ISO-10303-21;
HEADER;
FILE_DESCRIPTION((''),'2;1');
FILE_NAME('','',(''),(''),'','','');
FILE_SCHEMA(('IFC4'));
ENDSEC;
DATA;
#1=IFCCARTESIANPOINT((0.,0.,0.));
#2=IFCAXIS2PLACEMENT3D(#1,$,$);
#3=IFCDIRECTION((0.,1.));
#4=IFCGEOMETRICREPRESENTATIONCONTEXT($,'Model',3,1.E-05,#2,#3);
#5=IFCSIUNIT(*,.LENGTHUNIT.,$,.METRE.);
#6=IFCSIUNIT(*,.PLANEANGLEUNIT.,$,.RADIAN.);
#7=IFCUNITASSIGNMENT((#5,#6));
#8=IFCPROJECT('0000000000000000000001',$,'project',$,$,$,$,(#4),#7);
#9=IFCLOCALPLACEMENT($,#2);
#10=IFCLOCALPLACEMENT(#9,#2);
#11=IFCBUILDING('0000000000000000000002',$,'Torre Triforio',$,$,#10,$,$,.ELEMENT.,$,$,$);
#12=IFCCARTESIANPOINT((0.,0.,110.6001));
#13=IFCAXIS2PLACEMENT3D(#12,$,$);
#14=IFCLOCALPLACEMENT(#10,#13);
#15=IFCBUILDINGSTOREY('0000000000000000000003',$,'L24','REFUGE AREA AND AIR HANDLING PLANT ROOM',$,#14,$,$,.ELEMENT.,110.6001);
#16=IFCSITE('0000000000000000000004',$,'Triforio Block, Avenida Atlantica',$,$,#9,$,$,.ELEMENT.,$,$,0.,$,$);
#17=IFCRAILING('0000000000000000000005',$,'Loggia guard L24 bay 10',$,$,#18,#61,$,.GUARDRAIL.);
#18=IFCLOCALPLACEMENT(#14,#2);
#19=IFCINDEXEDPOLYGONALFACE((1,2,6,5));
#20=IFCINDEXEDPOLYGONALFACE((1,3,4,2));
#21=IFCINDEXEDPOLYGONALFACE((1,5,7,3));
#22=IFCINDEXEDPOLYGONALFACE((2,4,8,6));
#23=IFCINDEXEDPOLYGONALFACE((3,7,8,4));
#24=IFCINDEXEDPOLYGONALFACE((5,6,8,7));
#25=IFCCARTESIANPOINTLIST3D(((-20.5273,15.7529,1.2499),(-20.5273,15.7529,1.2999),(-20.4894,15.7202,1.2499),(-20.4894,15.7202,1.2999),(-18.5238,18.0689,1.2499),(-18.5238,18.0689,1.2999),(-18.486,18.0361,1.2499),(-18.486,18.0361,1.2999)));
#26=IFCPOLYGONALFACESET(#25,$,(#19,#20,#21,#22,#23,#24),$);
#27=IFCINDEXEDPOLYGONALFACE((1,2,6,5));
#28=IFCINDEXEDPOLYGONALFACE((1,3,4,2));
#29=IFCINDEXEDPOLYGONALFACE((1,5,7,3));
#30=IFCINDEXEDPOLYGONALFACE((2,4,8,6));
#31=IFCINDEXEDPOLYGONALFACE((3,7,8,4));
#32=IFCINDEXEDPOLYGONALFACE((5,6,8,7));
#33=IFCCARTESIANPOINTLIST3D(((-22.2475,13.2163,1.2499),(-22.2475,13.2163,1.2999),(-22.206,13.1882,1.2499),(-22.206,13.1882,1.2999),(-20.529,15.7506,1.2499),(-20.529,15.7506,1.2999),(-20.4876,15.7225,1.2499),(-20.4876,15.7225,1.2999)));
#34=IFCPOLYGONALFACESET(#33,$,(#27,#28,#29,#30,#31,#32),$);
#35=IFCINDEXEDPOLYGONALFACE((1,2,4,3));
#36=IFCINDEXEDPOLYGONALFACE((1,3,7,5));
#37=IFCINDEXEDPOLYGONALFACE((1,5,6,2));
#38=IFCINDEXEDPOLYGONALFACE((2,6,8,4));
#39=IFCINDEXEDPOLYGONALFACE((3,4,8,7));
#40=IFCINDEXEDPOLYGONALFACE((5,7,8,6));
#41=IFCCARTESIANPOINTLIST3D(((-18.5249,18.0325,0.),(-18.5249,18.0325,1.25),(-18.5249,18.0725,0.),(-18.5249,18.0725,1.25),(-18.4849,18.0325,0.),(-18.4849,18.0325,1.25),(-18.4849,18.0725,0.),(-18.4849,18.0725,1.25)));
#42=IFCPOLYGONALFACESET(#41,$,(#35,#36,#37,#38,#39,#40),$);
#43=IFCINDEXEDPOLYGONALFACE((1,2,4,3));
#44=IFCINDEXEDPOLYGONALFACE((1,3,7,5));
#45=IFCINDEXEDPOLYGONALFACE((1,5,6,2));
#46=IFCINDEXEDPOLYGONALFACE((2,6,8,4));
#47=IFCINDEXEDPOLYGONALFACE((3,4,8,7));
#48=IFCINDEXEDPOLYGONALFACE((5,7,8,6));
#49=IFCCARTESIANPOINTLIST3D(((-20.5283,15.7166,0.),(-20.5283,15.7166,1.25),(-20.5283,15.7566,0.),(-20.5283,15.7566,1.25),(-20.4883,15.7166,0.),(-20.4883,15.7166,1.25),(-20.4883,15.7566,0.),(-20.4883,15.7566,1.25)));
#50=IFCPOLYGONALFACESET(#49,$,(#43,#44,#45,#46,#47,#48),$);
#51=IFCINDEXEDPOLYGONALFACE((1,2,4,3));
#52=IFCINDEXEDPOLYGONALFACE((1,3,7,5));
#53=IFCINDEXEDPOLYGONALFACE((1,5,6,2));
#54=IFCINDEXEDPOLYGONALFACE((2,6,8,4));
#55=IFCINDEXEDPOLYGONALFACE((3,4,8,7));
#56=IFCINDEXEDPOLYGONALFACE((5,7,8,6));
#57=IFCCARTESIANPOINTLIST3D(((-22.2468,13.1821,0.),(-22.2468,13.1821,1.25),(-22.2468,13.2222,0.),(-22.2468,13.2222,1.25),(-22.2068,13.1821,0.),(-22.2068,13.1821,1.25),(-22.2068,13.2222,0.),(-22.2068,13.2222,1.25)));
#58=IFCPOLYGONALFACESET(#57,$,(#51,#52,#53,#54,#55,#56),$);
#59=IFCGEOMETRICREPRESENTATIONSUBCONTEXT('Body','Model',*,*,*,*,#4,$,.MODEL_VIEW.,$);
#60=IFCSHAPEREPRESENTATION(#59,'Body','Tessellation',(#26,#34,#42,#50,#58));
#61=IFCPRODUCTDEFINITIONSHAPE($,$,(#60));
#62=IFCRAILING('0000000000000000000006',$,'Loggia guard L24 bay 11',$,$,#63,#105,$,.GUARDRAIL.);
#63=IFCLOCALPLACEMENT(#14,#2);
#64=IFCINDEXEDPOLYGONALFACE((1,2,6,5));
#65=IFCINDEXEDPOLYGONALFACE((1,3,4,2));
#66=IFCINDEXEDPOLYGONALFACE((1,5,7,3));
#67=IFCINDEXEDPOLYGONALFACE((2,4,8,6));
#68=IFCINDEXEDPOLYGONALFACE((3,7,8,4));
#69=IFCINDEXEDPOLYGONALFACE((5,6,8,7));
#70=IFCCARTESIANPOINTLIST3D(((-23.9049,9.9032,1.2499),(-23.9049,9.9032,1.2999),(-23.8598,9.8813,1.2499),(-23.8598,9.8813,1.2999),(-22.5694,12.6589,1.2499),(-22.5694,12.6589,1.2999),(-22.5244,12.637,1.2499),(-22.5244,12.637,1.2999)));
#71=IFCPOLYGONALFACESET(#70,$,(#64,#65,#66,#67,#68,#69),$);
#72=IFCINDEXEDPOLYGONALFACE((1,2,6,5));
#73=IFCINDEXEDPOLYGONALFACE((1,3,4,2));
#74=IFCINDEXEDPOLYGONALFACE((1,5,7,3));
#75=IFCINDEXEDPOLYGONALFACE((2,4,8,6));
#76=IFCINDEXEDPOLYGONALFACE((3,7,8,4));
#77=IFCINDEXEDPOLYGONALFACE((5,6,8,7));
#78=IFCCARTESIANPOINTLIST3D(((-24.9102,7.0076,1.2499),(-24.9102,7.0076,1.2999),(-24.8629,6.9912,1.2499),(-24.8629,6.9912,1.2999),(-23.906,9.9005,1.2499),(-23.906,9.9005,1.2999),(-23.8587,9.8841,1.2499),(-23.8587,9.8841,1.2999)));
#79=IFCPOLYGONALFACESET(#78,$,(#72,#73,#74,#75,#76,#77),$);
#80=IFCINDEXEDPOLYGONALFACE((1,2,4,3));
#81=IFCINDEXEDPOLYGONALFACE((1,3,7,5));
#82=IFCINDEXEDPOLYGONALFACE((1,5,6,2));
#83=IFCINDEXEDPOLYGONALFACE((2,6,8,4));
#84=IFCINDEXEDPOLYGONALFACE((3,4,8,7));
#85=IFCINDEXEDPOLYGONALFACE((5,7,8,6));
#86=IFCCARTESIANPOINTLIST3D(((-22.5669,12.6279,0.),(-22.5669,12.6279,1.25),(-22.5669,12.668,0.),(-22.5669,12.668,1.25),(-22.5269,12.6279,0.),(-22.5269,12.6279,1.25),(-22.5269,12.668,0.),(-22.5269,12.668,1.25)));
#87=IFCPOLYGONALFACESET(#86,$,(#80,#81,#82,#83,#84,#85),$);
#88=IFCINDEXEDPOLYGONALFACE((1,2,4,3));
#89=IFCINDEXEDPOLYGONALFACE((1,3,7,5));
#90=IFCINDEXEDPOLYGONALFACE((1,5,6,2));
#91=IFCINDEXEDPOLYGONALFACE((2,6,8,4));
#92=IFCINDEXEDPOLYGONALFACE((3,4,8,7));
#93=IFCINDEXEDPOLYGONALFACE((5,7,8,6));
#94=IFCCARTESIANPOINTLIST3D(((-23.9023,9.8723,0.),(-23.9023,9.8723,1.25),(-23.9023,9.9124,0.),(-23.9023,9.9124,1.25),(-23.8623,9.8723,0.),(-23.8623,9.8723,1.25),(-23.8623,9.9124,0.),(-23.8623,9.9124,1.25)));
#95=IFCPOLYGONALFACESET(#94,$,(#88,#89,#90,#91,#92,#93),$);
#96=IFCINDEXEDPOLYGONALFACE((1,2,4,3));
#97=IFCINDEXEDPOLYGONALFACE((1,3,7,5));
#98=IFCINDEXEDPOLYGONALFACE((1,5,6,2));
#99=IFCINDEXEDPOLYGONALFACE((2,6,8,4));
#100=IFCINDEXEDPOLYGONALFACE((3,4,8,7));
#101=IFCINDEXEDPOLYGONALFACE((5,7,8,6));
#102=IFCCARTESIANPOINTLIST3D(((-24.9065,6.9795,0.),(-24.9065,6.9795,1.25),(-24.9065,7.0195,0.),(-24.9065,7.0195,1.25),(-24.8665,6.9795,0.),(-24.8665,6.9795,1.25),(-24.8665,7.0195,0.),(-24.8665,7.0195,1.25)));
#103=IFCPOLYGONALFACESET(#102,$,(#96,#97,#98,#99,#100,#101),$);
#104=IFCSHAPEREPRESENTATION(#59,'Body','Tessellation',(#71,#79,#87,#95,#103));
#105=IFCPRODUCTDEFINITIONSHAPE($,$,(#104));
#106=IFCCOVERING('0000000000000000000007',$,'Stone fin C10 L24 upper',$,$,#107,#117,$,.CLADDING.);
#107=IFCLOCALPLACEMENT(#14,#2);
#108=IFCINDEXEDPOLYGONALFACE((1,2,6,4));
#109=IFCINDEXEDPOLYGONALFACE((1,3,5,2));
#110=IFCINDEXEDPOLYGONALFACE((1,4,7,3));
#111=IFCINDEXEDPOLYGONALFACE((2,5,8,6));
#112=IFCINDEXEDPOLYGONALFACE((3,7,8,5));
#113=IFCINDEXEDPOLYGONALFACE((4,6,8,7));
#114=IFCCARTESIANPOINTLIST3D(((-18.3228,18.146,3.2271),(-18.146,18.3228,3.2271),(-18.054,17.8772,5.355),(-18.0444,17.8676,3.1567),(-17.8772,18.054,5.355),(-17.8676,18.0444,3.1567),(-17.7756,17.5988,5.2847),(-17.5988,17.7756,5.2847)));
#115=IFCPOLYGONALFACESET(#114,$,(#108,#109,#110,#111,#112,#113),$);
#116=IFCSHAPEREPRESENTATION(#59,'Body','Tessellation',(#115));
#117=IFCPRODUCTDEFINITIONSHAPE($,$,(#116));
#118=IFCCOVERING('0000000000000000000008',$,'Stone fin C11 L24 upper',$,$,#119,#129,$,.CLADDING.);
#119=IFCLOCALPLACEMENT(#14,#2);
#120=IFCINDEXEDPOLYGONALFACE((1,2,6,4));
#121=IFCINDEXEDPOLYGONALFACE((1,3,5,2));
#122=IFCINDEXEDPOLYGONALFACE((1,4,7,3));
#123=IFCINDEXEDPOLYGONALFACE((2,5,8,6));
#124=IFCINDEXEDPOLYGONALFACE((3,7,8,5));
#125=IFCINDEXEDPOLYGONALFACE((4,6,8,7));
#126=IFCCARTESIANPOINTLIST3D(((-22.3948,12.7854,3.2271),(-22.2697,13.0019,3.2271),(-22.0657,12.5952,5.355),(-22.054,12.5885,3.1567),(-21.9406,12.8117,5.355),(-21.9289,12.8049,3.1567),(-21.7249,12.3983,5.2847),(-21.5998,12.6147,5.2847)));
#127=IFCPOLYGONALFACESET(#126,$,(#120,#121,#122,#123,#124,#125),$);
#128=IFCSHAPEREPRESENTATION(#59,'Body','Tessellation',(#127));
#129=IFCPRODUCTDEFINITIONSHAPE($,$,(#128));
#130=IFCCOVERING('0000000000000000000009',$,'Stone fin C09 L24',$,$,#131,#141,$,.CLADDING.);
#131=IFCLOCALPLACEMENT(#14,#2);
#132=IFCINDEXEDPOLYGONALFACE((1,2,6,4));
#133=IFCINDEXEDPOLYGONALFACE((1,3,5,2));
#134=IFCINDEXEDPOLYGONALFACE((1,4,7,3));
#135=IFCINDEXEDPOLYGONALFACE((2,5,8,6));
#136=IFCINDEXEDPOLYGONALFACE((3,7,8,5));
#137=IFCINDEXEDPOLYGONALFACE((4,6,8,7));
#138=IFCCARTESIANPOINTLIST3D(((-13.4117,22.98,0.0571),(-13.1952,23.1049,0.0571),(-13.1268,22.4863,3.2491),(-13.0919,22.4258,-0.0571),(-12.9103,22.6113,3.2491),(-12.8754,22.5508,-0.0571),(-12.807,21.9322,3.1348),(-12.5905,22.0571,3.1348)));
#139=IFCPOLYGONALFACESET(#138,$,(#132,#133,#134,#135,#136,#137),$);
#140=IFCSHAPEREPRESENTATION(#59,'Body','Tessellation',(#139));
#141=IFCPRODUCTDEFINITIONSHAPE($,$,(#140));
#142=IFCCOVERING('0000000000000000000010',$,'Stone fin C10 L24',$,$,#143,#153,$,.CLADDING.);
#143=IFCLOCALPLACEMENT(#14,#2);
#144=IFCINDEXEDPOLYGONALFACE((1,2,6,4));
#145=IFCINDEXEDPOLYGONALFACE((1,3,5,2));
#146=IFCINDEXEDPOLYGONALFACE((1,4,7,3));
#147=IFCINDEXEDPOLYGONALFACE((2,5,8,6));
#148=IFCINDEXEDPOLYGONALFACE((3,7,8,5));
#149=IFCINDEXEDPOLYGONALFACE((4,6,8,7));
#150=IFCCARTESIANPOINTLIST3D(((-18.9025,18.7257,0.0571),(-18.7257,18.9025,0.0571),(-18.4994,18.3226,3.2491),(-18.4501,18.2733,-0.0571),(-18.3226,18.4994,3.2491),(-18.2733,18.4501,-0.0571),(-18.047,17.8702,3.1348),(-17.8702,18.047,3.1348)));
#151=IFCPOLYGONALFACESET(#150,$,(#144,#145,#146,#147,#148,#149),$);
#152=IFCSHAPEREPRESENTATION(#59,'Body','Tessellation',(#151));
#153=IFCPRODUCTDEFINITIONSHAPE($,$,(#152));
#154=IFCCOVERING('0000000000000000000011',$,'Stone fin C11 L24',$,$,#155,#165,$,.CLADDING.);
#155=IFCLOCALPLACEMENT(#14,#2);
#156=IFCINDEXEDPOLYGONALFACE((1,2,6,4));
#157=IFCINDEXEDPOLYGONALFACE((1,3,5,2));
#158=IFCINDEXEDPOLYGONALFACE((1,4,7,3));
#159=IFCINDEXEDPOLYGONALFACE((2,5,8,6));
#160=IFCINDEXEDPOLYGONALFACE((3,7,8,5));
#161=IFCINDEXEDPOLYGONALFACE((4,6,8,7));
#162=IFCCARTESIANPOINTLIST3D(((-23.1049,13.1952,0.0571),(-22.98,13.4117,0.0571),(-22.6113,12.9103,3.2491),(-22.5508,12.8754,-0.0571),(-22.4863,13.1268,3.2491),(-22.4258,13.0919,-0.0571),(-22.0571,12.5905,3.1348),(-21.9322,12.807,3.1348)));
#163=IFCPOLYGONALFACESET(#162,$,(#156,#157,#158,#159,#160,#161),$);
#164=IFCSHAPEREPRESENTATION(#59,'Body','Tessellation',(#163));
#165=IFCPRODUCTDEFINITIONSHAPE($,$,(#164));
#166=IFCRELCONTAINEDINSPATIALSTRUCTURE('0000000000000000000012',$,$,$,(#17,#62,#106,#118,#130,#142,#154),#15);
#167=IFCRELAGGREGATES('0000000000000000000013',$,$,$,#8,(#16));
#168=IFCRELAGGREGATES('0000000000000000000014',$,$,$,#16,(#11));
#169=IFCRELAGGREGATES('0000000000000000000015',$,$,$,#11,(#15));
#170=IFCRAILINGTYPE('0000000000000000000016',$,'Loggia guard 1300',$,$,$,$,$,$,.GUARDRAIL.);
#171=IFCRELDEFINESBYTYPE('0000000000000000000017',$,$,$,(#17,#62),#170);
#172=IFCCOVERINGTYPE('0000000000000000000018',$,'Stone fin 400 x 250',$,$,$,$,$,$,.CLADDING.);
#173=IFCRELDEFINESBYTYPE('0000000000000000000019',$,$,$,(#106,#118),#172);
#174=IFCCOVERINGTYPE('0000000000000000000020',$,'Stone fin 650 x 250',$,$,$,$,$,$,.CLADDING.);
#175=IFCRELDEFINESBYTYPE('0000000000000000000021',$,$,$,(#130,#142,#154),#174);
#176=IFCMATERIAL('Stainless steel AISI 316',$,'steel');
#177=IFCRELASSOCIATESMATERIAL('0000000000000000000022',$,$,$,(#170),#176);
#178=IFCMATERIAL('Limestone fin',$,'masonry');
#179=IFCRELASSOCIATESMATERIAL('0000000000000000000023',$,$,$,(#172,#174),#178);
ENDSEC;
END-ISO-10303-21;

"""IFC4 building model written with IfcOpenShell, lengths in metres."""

from ifc_helpers import new_model, si_unit, direction, frame, origin, origin_2d, place, context, subcontext, project, spatial, rectangle, extrude, material, material_profile, profile_set, type_object, element, save


model = new_model("IFC4")

# Units and contexts
model_context = context("Model", 3, precision=1e-05, world=origin(), true_north=direction((0.0, 1.0)))
body_context = subcontext(model_context, "Body", "Model", "MODEL_VIEW")
ifc_project = project(units=[si_unit("LENGTHUNIT", "METRE"), si_unit("PLANEANGLEUNIT", "RADIAN")], contexts=[model_context])

# Site, building, storey
site_placement = place(None, origin())
site = spatial("IfcSite", under=ifc_project, at=site_placement, Name="Triforio Block, Avenida Atlantica", CompositionType="ELEMENT", RefElevation=0.0)
building_placement = place(site_placement, origin())
building = spatial("IfcBuilding", under=site, at=building_placement, Name="Torre Triforio", CompositionType="ELEMENT")
storey_placement = place(building_placement, frame((0.0, 0.0, 110.6001)))
storey = spatial("IfcBuildingStorey", under=building, at=storey_placement, Name="L24", Description="REFUGE AREA AND AIR HANDLING PLANT ROOM", CompositionType="ELEMENT", Elevation=110.6001)

# Railings
ifc_material_1 = material(Name="Stainless steel AISI 316", Category="steel")
railing_type = type_object("IfcRailingType", Name="Loggia guard 1300", PredefinedType="GUARDRAIL", material=ifc_material_1)
railing_1_placement = place(storey_placement, frame((-18.5049, 18.0525, 0.0)))
element("IfcRailing", 1, at=railing_1_placement, inside=storey, type_object=railing_type, Name="Loggia guard L24 bay 10", PredefinedType="GUARDRAIL", context=body_context, shape_type="SweptSolid", body=[
    extrude(rectangle(XDim=0.05, YDim=0.05, at=origin_2d()), frame((0.0, 0.0, 1.2749), z_axis=(-0.654238, -0.756289, 0.0), x_axis=(0.756289, -0.654238, 0.0)), (0.0, 0.0, 1.0), 3.0623),
    extrude(rectangle(XDim=0.05, YDim=0.05, at=origin_2d()), frame((-2.0034, -2.3159, 1.2749), z_axis=(-0.561215, -0.82767, 0.0), x_axis=(0.82767, -0.561215, 0.0)), (0.0, 0.0, 1.0), 3.062),
    extrude(rectangle(XDim=0.04, YDim=0.04, at=origin_2d()), origin(), (0.0, 0.0, 1.0), 1.25),
    extrude(rectangle(XDim=0.04, YDim=0.04, at=origin_2d()), frame((-2.0034, -2.3159, 0.0)), (0.0, 0.0, 1.0), 1.25),
    extrude(rectangle(XDim=0.04, YDim=0.04, at=origin_2d()), frame((-3.7219, -4.8503, 0.0)), (0.0, 0.0, 1.0), 1.25),
])
railing_2_placement = place(storey_placement, frame((-22.5469, 12.6479, 0.0)))
element("IfcRailing", 2, at=railing_2_placement, inside=storey, type_object=railing_type, Name="Loggia guard L24 bay 11", PredefinedType="GUARDRAIL", context=body_context, shape_type="SweptSolid", body=[
    extrude(rectangle(XDim=0.05, YDim=0.05, at=origin_2d()), frame((0.0, 0.0, 1.2749), z_axis=(-0.436113, -0.899892, 0.0), x_axis=(0.899892, -0.436113, 0.0)), (0.0, 0.0, 1.0), 3.0623),
    extrude(rectangle(XDim=0.05, YDim=0.05, at=origin_2d()), frame((-1.3354, -2.7556, 1.2749), z_axis=(-0.327924, -0.944704, 0.0), x_axis=(0.944704, -0.327924, 0.0)), (0.0, 0.0, 1.0), 3.0623),
    extrude(rectangle(XDim=0.04, YDim=0.04, at=origin_2d()), origin(), (0.0, 0.0, 1.0), 1.25),
    extrude(rectangle(XDim=0.04, YDim=0.04, at=origin_2d()), frame((-1.3354, -2.7556, 0.0)), (0.0, 0.0, 1.0), 1.25),
    extrude(rectangle(XDim=0.04, YDim=0.04, at=origin_2d()), frame((-2.3396, -5.6484, 0.0)), (0.0, 0.0, 1.0), 1.25),
])

# Coverings
ifc_material_2 = material(Name="Limestone fin", Category="masonry")
ifc_material_profile_1 = material_profile(ifc_material_2, rectangle(XDim=0.3999, YDim=0.25, at=origin_2d()), Name="FIN 400x250")
ifc_profile_set_1 = profile_set([ifc_material_profile_1], Name="Limestone fin")
covering_type_1 = type_object("IfcCoveringType", Name="Stone fin 400 x 250", PredefinedType="CLADDING", material=ifc_profile_set_1)
for number, where, z_axis, x_axis, name in (
    (3, (-18.0952, 18.0952, 3.1919), (0.124351, -0.124351, 0.984415), (-0.696087, 0.696087, 0.175859), "Stone fin C10 L24 upper"),
    (4, (-22.1619, 12.7952, 3.1919), (0.152248, -0.087983, 0.984418), (-0.852331, 0.492556, 0.175842), "Stone fin C11 L24 upper"),
):
    element("IfcCovering", number, at=place(storey_placement, frame(where, z_axis=z_axis, x_axis=x_axis)), inside=storey, type_object=covering_type_1, Name=name, PredefinedType="CLADDING", context=body_context, shape_type="SweptSolid", body=[
        extrude(rectangle(XDim=0.3999, YDim=0.25, at=origin_2d()), origin(), (0.0, 0.0, 1.0), 2.1616),
    ])
ifc_material_profile_2 = material_profile(ifc_material_2, rectangle(XDim=0.6499, YDim=0.25, at=origin_2d()), Name="FIN 650x250")
ifc_profile_set_2 = profile_set([ifc_material_profile_2], Name="Limestone fin")
covering_type_2 = type_object("IfcCoveringType", Name="Stone fin 650 x 250", PredefinedType="CLADDING", material=ifc_profile_set_2)
for number, where, z_axis, x_axis, name in (
    (5, (-13.1436, 22.7654, 0.0), (0.087871, -0.15225, 0.984428), (-0.492087, 0.852613, 0.175788), "Stone fin C09 L24"),
    (6, (-18.5879, 18.5879, 0.0), (0.124314, -0.124314, 0.984425), (-0.696093, 0.696093, 0.175807), "Stone fin C10 L24"),
    (7, (-22.7654, 13.1436, 0.0), (0.15225, -0.087871, 0.984428), (-0.852613, 0.492087, 0.175788), "Stone fin C11 L24"),
):
    element("IfcCovering", number, at=place(storey_placement, frame(where, z_axis=z_axis, x_axis=x_axis)), inside=storey, type_object=covering_type_2, Name=name, PredefinedType="CLADDING", context=body_context, shape_type="SweptSolid", body=[
        extrude(rectangle(XDim=0.6499, YDim=0.25, at=origin_2d()), origin(), (0.0, 0.0, 1.0), 3.2424),
    ])

save(model, "model.ifc")
